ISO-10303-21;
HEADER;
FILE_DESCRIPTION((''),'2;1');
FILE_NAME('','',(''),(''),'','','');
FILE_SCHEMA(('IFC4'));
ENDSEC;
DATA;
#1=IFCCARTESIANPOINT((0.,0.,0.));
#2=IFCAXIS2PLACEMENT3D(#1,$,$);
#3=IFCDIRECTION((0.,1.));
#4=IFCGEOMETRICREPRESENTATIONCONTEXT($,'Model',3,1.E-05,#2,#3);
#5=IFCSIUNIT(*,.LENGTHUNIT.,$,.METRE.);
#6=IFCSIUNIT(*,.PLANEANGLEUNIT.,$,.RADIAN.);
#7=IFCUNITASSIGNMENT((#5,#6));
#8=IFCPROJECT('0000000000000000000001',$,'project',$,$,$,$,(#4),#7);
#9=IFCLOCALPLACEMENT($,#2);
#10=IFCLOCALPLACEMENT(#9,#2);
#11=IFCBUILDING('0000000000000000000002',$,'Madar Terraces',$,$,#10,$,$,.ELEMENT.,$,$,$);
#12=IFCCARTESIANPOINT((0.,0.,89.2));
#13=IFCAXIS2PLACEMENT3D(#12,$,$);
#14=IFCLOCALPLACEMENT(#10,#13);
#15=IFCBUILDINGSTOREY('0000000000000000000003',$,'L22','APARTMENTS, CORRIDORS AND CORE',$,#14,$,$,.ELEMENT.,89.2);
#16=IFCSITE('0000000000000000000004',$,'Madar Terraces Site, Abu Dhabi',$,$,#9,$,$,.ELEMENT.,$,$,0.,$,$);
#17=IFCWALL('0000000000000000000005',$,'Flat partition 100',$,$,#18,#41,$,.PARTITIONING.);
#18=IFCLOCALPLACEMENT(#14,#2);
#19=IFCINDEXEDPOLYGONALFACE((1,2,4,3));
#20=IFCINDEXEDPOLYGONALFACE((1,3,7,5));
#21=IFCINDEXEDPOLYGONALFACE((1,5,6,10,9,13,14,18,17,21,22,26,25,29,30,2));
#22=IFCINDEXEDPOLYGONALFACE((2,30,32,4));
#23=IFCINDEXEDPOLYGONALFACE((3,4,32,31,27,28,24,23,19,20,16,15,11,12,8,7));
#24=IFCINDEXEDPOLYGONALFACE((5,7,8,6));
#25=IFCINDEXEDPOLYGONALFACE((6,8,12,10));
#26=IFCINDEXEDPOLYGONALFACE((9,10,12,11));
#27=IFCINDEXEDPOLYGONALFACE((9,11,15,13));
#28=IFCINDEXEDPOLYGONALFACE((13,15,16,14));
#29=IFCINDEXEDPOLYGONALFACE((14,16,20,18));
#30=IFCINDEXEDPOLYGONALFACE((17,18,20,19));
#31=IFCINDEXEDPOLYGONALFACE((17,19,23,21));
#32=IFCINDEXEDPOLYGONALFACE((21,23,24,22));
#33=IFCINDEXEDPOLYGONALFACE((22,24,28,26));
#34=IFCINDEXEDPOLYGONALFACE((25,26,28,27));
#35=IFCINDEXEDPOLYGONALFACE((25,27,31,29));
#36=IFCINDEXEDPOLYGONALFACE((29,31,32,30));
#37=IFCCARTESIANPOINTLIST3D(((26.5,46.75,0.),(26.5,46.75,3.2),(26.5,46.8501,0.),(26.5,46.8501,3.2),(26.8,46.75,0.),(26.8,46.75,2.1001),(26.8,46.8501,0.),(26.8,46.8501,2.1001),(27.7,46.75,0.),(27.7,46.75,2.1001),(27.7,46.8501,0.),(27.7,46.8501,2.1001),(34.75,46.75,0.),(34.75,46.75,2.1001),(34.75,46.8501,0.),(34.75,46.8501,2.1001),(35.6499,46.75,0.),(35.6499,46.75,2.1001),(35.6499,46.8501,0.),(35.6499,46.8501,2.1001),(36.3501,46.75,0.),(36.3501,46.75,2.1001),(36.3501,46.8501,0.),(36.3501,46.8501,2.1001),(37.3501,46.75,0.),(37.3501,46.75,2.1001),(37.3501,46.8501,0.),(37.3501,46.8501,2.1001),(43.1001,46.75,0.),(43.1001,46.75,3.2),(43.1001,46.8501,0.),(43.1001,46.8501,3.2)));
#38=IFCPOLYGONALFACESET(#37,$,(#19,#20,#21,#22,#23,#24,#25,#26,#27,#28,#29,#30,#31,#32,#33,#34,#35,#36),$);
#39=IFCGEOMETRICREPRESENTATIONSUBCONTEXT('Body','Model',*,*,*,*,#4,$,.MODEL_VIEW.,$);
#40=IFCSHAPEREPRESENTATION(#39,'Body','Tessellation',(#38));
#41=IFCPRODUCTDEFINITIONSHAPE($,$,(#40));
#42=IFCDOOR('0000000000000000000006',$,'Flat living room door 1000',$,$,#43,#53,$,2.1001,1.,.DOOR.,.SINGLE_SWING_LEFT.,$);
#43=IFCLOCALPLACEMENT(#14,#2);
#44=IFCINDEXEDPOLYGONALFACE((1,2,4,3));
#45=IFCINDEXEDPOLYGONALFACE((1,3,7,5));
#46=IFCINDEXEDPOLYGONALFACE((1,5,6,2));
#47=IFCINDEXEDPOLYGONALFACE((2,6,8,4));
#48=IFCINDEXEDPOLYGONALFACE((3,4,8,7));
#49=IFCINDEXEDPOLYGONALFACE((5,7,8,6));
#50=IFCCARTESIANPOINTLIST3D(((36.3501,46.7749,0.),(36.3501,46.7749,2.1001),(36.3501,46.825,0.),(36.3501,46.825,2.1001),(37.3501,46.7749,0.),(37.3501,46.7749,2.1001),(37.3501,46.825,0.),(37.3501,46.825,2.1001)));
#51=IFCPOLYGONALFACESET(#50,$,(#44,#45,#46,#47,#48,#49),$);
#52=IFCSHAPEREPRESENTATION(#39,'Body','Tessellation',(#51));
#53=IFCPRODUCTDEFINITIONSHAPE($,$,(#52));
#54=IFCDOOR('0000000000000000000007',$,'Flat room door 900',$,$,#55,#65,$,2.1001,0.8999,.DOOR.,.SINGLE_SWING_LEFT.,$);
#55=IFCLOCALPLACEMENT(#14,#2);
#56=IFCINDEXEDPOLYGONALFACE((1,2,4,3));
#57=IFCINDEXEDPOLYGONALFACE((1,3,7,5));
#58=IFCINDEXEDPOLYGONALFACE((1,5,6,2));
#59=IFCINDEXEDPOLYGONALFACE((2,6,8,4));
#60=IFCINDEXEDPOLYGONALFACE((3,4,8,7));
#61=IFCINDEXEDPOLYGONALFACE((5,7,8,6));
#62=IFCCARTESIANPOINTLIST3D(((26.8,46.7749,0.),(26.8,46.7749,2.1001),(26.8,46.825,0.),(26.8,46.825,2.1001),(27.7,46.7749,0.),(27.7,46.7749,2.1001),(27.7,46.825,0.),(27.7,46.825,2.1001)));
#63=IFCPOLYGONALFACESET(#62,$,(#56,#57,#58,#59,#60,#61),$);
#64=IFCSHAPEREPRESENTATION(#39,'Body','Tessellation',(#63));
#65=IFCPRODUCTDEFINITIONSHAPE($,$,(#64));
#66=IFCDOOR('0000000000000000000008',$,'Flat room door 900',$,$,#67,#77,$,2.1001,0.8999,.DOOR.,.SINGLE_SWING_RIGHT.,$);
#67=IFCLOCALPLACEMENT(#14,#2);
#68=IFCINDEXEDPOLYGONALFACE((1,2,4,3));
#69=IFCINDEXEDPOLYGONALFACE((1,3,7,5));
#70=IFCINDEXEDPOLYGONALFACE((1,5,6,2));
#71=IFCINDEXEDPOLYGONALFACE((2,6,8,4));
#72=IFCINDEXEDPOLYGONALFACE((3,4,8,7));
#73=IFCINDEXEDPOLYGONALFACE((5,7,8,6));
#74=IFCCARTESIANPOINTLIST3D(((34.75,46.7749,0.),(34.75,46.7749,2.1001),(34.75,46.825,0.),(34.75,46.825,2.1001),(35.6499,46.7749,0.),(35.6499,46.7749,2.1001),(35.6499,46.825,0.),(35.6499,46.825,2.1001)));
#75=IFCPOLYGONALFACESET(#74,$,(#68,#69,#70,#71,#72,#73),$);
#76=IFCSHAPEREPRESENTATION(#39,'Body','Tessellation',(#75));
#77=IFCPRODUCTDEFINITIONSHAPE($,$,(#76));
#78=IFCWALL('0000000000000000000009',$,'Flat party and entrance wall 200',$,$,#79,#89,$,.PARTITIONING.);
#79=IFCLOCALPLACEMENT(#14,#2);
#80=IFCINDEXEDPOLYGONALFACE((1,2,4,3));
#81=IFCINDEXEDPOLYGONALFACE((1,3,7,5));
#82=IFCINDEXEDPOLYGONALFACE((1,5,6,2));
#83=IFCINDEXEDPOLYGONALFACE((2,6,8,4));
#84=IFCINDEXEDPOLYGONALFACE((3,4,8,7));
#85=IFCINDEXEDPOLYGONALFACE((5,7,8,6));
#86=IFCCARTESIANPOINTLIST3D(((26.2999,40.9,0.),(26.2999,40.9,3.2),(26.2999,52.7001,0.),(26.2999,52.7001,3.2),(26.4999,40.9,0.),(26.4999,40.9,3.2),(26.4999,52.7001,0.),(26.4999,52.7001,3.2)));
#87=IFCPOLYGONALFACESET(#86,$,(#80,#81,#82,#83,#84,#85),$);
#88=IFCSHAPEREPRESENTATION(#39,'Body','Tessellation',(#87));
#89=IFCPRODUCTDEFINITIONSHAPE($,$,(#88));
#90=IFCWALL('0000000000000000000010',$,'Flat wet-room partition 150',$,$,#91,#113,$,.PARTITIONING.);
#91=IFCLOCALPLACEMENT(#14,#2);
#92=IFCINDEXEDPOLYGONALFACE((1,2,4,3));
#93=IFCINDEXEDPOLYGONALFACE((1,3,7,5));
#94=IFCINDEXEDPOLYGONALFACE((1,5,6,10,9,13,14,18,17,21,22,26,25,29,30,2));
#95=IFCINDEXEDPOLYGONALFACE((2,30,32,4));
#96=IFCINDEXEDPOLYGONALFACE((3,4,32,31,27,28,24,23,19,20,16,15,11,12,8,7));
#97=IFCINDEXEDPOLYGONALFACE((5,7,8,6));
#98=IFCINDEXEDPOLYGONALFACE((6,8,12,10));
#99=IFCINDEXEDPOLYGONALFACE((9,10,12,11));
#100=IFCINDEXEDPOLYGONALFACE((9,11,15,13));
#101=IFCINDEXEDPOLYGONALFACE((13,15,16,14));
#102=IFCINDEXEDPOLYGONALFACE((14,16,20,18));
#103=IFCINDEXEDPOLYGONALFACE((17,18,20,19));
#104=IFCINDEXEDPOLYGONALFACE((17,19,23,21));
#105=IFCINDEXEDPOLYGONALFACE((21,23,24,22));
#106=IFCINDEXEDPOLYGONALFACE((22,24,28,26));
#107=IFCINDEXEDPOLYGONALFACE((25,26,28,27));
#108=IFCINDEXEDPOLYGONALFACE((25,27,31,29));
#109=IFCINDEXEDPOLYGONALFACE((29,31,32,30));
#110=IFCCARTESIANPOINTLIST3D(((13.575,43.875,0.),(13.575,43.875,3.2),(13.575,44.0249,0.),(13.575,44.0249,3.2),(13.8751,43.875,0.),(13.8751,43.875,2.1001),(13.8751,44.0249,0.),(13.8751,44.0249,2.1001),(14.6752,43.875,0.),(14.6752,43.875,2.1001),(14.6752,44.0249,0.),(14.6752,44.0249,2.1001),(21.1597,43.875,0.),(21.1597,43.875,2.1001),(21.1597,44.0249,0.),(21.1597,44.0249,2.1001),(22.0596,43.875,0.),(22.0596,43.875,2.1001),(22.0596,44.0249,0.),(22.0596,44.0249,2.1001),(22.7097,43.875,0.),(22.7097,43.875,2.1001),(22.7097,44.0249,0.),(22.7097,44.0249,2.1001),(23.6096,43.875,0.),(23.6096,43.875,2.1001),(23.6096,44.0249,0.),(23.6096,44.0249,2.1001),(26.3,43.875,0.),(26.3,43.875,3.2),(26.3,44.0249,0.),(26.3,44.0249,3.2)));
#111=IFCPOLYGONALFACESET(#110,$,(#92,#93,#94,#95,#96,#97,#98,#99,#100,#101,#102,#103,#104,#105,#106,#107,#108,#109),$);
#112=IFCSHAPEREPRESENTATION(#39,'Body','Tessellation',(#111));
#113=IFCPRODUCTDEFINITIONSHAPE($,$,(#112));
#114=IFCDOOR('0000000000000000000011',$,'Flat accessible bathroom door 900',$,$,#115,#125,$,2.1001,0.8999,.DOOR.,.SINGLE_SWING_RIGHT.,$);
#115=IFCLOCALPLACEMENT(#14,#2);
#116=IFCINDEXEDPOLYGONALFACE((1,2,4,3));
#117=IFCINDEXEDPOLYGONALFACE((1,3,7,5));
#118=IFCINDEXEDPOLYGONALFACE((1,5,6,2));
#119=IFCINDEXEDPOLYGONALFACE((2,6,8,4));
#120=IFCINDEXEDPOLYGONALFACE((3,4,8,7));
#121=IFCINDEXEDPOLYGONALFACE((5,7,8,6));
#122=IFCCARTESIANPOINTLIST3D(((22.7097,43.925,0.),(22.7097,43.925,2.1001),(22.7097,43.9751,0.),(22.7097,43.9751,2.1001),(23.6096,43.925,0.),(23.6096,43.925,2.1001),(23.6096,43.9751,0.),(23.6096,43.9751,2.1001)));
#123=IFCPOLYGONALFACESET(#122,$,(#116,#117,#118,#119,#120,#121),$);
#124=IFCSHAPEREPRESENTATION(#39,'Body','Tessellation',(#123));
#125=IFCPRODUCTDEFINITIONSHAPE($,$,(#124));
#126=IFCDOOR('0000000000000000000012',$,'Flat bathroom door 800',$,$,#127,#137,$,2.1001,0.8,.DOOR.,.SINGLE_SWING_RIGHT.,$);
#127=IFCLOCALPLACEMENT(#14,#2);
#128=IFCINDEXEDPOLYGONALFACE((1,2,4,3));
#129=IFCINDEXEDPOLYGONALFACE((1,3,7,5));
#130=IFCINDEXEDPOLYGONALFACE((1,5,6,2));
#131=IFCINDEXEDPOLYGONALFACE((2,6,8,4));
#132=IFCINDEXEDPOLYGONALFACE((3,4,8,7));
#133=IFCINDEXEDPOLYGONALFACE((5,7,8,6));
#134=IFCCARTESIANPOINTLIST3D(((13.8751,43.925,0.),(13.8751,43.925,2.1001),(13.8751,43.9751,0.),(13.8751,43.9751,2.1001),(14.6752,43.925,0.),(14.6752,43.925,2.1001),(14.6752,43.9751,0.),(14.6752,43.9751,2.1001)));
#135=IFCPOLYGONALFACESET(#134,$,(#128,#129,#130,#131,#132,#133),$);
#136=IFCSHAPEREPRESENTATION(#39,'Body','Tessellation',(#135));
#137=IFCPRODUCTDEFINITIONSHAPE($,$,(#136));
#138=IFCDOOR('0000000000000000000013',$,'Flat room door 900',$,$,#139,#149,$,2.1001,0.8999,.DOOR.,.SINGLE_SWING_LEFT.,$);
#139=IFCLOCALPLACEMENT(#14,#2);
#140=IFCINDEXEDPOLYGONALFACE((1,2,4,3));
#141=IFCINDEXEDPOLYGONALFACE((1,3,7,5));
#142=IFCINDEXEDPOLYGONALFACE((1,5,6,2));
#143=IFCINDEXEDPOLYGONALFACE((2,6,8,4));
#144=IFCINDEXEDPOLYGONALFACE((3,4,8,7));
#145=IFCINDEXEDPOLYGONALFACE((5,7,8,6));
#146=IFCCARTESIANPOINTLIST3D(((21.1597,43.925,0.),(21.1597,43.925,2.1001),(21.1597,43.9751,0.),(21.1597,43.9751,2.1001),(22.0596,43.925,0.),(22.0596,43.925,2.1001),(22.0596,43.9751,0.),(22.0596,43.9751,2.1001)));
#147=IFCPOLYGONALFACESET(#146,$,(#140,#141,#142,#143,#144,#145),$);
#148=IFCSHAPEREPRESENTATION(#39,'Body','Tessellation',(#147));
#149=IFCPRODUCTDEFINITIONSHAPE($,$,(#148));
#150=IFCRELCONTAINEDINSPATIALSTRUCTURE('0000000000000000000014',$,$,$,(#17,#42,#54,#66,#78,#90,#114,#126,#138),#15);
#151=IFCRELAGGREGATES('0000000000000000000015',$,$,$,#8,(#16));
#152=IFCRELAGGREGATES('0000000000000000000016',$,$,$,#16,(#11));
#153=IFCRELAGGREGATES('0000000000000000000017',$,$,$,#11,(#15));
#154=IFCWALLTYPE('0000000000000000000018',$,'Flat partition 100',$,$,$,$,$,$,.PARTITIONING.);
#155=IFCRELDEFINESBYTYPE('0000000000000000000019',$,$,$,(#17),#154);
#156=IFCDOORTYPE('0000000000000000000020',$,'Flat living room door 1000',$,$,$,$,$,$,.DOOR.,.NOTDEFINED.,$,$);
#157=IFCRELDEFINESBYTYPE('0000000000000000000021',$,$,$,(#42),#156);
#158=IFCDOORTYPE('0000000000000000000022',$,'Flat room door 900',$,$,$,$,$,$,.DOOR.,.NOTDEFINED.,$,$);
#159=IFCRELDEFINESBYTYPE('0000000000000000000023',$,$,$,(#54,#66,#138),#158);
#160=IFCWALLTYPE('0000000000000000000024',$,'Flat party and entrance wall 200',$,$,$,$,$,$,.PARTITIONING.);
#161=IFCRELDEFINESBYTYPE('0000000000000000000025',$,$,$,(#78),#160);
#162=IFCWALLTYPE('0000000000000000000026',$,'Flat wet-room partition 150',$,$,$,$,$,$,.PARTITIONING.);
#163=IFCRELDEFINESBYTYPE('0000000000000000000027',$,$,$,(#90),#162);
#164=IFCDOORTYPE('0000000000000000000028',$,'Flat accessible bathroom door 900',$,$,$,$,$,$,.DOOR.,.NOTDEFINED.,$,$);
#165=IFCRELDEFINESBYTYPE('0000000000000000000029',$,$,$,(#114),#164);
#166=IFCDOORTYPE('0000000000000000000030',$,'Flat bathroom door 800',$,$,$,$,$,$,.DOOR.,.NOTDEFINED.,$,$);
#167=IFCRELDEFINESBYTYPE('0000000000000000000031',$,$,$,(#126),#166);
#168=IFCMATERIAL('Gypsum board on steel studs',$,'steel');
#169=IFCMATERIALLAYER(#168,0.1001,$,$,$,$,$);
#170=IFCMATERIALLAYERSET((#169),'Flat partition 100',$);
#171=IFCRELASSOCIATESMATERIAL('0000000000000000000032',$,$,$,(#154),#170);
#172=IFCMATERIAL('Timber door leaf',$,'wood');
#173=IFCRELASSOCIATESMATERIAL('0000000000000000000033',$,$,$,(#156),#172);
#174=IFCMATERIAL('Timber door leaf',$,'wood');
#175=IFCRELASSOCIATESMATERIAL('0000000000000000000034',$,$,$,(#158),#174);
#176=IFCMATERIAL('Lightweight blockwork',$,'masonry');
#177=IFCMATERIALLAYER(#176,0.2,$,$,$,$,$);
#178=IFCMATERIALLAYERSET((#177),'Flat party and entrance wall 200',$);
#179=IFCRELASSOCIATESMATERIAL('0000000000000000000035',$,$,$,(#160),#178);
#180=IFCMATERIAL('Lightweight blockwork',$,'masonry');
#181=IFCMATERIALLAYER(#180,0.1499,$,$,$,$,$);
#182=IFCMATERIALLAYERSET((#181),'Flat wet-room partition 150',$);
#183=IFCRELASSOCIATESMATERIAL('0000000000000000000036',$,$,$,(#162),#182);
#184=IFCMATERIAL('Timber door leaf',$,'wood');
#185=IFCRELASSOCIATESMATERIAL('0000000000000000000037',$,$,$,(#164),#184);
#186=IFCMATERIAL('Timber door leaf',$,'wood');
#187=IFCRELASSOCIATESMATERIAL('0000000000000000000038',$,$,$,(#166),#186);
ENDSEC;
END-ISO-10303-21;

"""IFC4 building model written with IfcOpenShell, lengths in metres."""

from ifc_helpers import new_model, si_unit, direction, frame, frame_2d, origin, place, context, subcontext, project, spatial, rectangle, extrude, material, layer, layer_set, type_object, element, fill, save


model = new_model("IFC4")

# Units and contexts
model_context = context("Model", 3, precision=1e-05, world=origin(), true_north=direction((0.0, 1.0)))
body_context = subcontext(model_context, "Body", "Model", "MODEL_VIEW")
ifc_project = project(units=[si_unit("LENGTHUNIT", "METRE"), si_unit("PLANEANGLEUNIT", "RADIAN")], contexts=[model_context])

# Site, building, storey
site_placement = place(None, origin())
site = spatial("IfcSite", under=ifc_project, at=site_placement, Name="Madar Terraces Site, Abu Dhabi", CompositionType="ELEMENT", RefElevation=0.0)
building_placement = place(site_placement, origin())
building = spatial("IfcBuilding", under=site, at=building_placement, Name="Madar Terraces", CompositionType="ELEMENT")
storey_placement = place(building_placement, frame((0.0, 0.0, 89.2)))
storey = spatial("IfcBuildingStorey", under=building, at=storey_placement, Name="L22", Description="APARTMENTS, CORRIDORS AND CORE", CompositionType="ELEMENT", Elevation=89.2)

# Shared definitions
ifc_material_1 = material(Name="Gypsum board on steel studs", Category="steel")
ifc_layer_1 = layer(ifc_material_1, 0.1001)
ifc_layer_set_1 = layer_set([ifc_layer_1], Name="Flat partition 100")
wall_type_1 = type_object("IfcWallType", Name="Flat partition 100", PredefinedType="PARTITIONING", material=ifc_layer_set_1)

# Wall, openings, doors
wall_1_placement = place(storey_placement, frame((26.5, 46.8, 0.0), z_axis=(0.0, 0.0, 1.0), x_axis=(1.0, 0.0, 0.0)))
wall_1 = element("IfcWall", 1, at=wall_1_placement, inside=storey, type_object=wall_type_1, Name="Flat partition 100", PredefinedType="PARTITIONING", context=body_context, shape_type="SweptSolid", body=[
    extrude(rectangle(XDim=16.6001, YDim=0.1001, at=frame_2d((8.3, 0.0))), origin(), (0.0, 0.0, 1.0), 3.2),
])
opening_1_placement = place(wall_1_placement, frame((0.3, 0.0, 0.0)))
opening_1 = element("IfcOpeningElement", 2, at=opening_1_placement, cuts=wall_1, PredefinedType="OPENING", context=body_context, shape_type="SweptSolid", body=[
    extrude(rectangle(XDim=0.8999, YDim=2.1001, at=frame_2d((0.45, 1.05))), frame((0.0, 0.0601, 0.0), z_axis=(0.0, -1.0, 0.0), x_axis=(1.0, 0.0, 0.0)), (0.0, 0.0, 1.0), 0.1201),
])
opening_2_placement = place(wall_1_placement, frame((8.25, 0.0, 0.0)))
opening_2 = element("IfcOpeningElement", 3, at=opening_2_placement, cuts=wall_1, PredefinedType="OPENING", context=body_context, shape_type="SweptSolid", body=[
    extrude(rectangle(XDim=0.8999, YDim=2.1001, at=frame_2d((0.45, 1.05))), frame((0.0, 0.0601, 0.0), z_axis=(0.0, -1.0, 0.0), x_axis=(1.0, 0.0, 0.0)), (0.0, 0.0, 1.0), 0.1201),
])
opening_3_placement = place(wall_1_placement, frame((9.8501, 0.0, 0.0)))
opening_3 = element("IfcOpeningElement", 4, at=opening_3_placement, cuts=wall_1, PredefinedType="OPENING", context=body_context, shape_type="SweptSolid", body=[
    extrude(rectangle(XDim=1.0, YDim=2.1001, at=frame_2d((0.5, 1.05))), frame((0.0, 0.0601, 0.0), z_axis=(0.0, -1.0, 0.0), x_axis=(1.0, 0.0, 0.0)), (0.0, 0.0, 1.0), 0.1201),
])
ifc_material_2 = material(Name="Timber door leaf", Category="wood")
door_type_1 = type_object("IfcDoorType", Name="Flat living room door 1000", OperationType="NOTDEFINED", PredefinedType="DOOR", material=ifc_material_2)
door_1_placement = place(opening_3_placement, origin())
door_1 = element("IfcDoor", 5, at=door_1_placement, inside=storey, type_object=door_type_1, Name="Flat living room door 1000", OperationType="SINGLE_SWING_LEFT", OverallHeight=2.1001, OverallWidth=1.0, PredefinedType="DOOR", context=body_context, shape_type="SweptSolid", body=[
    extrude(rectangle(XDim=1.0, YDim=2.1001, at=frame_2d((0.5, 1.05))), frame((0.0, 0.0249, 0.0), z_axis=(0.0, -1.0, 0.0), x_axis=(1.0, 0.0, 0.0)), (0.0, 0.0, 1.0), 0.05),
])
fill(opening_3, door_1)
ifc_material_3 = material(Name="Timber door leaf", Category="wood")
door_type_2 = type_object("IfcDoorType", Name="Flat room door 900", OperationType="NOTDEFINED", PredefinedType="DOOR", material=ifc_material_3)
door_2_placement = place(opening_1_placement, origin())
door_2 = element("IfcDoor", 6, at=door_2_placement, inside=storey, type_object=door_type_2, Name="Flat room door 900", OperationType="SINGLE_SWING_LEFT", OverallHeight=2.1001, OverallWidth=0.8999, PredefinedType="DOOR", context=body_context, shape_type="SweptSolid", body=[
    extrude(rectangle(XDim=0.8999, YDim=2.1001, at=frame_2d((0.45, 1.05))), frame((0.0, 0.0249, 0.0), z_axis=(0.0, -1.0, 0.0), x_axis=(1.0, 0.0, 0.0)), (0.0, 0.0, 1.0), 0.05),
])
fill(opening_1, door_2)
door_3_placement = place(opening_2_placement, origin())
door_3 = element("IfcDoor", 7, at=door_3_placement, inside=storey, type_object=door_type_2, Name="Flat room door 900", OperationType="SINGLE_SWING_RIGHT", OverallHeight=2.1001, OverallWidth=0.8999, PredefinedType="DOOR", context=body_context, shape_type="SweptSolid", body=[
    extrude(rectangle(XDim=0.8999, YDim=2.1001, at=frame_2d((0.45, 1.05))), frame((0.0, 0.0249, 0.0), z_axis=(0.0, -1.0, 0.0), x_axis=(1.0, 0.0, 0.0)), (0.0, 0.0, 1.0), 0.05),
])
fill(opening_2, door_3)

# Wall
ifc_material_4 = material(Name="Lightweight blockwork", Category="masonry")
ifc_layer_2 = layer(ifc_material_4, 0.2)
ifc_layer_set_2 = layer_set([ifc_layer_2], Name="Flat party and entrance wall 200")
wall_type_2 = type_object("IfcWallType", Name="Flat party and entrance wall 200", PredefinedType="PARTITIONING", material=ifc_layer_set_2)
wall_2_placement = place(storey_placement, frame((26.3999, 52.7, 0.0), z_axis=(0.0, 0.0, 1.0), x_axis=(0.0, -1.0, 0.0)))
element("IfcWall", 8, at=wall_2_placement, inside=storey, type_object=wall_type_2, Name="Flat party and entrance wall 200", PredefinedType="PARTITIONING", context=body_context, shape_type="SweptSolid", body=[
    extrude(rectangle(XDim=11.8, YDim=0.2, at=frame_2d((5.8999, 0.0))), origin(), (0.0, 0.0, 1.0), 3.2),
])

# Wall, openings, doors
ifc_material_5 = material(Name="Lightweight blockwork", Category="masonry")
ifc_layer_3 = layer(ifc_material_5, 0.1499)
ifc_layer_set_3 = layer_set([ifc_layer_3], Name="Flat wet-room partition 150")
wall_type_3 = type_object("IfcWallType", Name="Flat wet-room partition 150", PredefinedType="PARTITIONING", material=ifc_layer_set_3)
wall_3_placement = place(storey_placement, frame((26.3, 43.95, 0.0), z_axis=(0.0, 0.0, 1.0), x_axis=(-1.0, 0.0, 0.0)))
wall_3 = element("IfcWall", 9, at=wall_3_placement, inside=storey, type_object=wall_type_3, Name="Flat wet-room partition 150", PredefinedType="PARTITIONING", context=body_context, shape_type="SweptSolid", body=[
    extrude(rectangle(XDim=12.7251, YDim=0.1499, at=frame_2d((6.3625, 0.0))), origin(), (0.0, 0.0, 1.0), 3.2),
])
opening_4_placement = place(wall_3_placement, frame((11.625, 0.0, 0.0)))
opening_4 = element("IfcOpeningElement", 10, at=opening_4_placement, cuts=wall_3, PredefinedType="OPENING", context=body_context, shape_type="SweptSolid", body=[
    extrude(rectangle(XDim=0.8, YDim=2.1001, at=frame_2d((0.3999, 1.05))), frame((0.0, 0.085, 0.0), z_axis=(0.0, -1.0, 0.0), x_axis=(1.0, 0.0, 0.0)), (0.0, 0.0, 1.0), 0.1699),
])
opening_5_placement = place(wall_3_placement, frame((4.2405, 0.0, 0.0)))
opening_5 = element("IfcOpeningElement", 11, at=opening_5_placement, cuts=wall_3, PredefinedType="OPENING", context=body_context, shape_type="SweptSolid", body=[
    extrude(rectangle(XDim=0.8999, YDim=2.1001, at=frame_2d((0.45, 1.05))), frame((0.0, 0.085, 0.0), z_axis=(0.0, -1.0, 0.0), x_axis=(1.0, 0.0, 0.0)), (0.0, 0.0, 1.0), 0.1699),
])
opening_6_placement = place(wall_3_placement, frame((2.6904, 0.0, 0.0)))
opening_6 = element("IfcOpeningElement", 12, at=opening_6_placement, cuts=wall_3, PredefinedType="OPENING", context=body_context, shape_type="SweptSolid", body=[
    extrude(rectangle(XDim=0.8999, YDim=2.1001, at=frame_2d((0.45, 1.05))), frame((0.0, 0.085, 0.0), z_axis=(0.0, -1.0, 0.0), x_axis=(1.0, 0.0, 0.0)), (0.0, 0.0, 1.0), 0.1699),
])
ifc_material_6 = material(Name="Timber door leaf", Category="wood")
door_type_3 = type_object("IfcDoorType", Name="Flat accessible bathroom door 900", OperationType="NOTDEFINED", PredefinedType="DOOR", material=ifc_material_6)
door_4_placement = place(opening_6_placement, origin())
door_4 = element("IfcDoor", 13, at=door_4_placement, inside=storey, type_object=door_type_3, Name="Flat accessible bathroom door 900", OperationType="SINGLE_SWING_RIGHT", OverallHeight=2.1001, OverallWidth=0.8999, PredefinedType="DOOR", context=body_context, shape_type="SweptSolid", body=[
    extrude(rectangle(XDim=0.8999, YDim=2.1001, at=frame_2d((0.45, 1.05))), frame((0.0, 0.0249, 0.0), z_axis=(0.0, -1.0, 0.0), x_axis=(1.0, 0.0, 0.0)), (0.0, 0.0, 1.0), 0.05),
])
fill(opening_6, door_4)
ifc_material_7 = material(Name="Timber door leaf", Category="wood")
door_type_4 = type_object("IfcDoorType", Name="Flat bathroom door 800", OperationType="NOTDEFINED", PredefinedType="DOOR", material=ifc_material_7)
door_5_placement = place(opening_4_placement, origin())
door_5 = element("IfcDoor", 14, at=door_5_placement, inside=storey, type_object=door_type_4, Name="Flat bathroom door 800", OperationType="SINGLE_SWING_RIGHT", OverallHeight=2.1001, OverallWidth=0.8, PredefinedType="DOOR", context=body_context, shape_type="SweptSolid", body=[
    extrude(rectangle(XDim=0.8, YDim=2.1001, at=frame_2d((0.3999, 1.05))), frame((0.0, 0.0249, 0.0), z_axis=(0.0, -1.0, 0.0), x_axis=(1.0, 0.0, 0.0)), (0.0, 0.0, 1.0), 0.05),
])
fill(opening_4, door_5)
door_6_placement = place(opening_5_placement, origin())
door_6 = element("IfcDoor", 15, at=door_6_placement, inside=storey, type_object=door_type_2, Name="Flat room door 900", OperationType="SINGLE_SWING_LEFT", OverallHeight=2.1001, OverallWidth=0.8999, PredefinedType="DOOR", context=body_context, shape_type="SweptSolid", body=[
    extrude(rectangle(XDim=0.8999, YDim=2.1001, at=frame_2d((0.45, 1.05))), frame((0.0, 0.0249, 0.0), z_axis=(0.0, -1.0, 0.0), x_axis=(1.0, 0.0, 0.0)), (0.0, 0.0, 1.0), 0.05),
])
fill(opening_5, door_6)

save(model, "model.ifc")
